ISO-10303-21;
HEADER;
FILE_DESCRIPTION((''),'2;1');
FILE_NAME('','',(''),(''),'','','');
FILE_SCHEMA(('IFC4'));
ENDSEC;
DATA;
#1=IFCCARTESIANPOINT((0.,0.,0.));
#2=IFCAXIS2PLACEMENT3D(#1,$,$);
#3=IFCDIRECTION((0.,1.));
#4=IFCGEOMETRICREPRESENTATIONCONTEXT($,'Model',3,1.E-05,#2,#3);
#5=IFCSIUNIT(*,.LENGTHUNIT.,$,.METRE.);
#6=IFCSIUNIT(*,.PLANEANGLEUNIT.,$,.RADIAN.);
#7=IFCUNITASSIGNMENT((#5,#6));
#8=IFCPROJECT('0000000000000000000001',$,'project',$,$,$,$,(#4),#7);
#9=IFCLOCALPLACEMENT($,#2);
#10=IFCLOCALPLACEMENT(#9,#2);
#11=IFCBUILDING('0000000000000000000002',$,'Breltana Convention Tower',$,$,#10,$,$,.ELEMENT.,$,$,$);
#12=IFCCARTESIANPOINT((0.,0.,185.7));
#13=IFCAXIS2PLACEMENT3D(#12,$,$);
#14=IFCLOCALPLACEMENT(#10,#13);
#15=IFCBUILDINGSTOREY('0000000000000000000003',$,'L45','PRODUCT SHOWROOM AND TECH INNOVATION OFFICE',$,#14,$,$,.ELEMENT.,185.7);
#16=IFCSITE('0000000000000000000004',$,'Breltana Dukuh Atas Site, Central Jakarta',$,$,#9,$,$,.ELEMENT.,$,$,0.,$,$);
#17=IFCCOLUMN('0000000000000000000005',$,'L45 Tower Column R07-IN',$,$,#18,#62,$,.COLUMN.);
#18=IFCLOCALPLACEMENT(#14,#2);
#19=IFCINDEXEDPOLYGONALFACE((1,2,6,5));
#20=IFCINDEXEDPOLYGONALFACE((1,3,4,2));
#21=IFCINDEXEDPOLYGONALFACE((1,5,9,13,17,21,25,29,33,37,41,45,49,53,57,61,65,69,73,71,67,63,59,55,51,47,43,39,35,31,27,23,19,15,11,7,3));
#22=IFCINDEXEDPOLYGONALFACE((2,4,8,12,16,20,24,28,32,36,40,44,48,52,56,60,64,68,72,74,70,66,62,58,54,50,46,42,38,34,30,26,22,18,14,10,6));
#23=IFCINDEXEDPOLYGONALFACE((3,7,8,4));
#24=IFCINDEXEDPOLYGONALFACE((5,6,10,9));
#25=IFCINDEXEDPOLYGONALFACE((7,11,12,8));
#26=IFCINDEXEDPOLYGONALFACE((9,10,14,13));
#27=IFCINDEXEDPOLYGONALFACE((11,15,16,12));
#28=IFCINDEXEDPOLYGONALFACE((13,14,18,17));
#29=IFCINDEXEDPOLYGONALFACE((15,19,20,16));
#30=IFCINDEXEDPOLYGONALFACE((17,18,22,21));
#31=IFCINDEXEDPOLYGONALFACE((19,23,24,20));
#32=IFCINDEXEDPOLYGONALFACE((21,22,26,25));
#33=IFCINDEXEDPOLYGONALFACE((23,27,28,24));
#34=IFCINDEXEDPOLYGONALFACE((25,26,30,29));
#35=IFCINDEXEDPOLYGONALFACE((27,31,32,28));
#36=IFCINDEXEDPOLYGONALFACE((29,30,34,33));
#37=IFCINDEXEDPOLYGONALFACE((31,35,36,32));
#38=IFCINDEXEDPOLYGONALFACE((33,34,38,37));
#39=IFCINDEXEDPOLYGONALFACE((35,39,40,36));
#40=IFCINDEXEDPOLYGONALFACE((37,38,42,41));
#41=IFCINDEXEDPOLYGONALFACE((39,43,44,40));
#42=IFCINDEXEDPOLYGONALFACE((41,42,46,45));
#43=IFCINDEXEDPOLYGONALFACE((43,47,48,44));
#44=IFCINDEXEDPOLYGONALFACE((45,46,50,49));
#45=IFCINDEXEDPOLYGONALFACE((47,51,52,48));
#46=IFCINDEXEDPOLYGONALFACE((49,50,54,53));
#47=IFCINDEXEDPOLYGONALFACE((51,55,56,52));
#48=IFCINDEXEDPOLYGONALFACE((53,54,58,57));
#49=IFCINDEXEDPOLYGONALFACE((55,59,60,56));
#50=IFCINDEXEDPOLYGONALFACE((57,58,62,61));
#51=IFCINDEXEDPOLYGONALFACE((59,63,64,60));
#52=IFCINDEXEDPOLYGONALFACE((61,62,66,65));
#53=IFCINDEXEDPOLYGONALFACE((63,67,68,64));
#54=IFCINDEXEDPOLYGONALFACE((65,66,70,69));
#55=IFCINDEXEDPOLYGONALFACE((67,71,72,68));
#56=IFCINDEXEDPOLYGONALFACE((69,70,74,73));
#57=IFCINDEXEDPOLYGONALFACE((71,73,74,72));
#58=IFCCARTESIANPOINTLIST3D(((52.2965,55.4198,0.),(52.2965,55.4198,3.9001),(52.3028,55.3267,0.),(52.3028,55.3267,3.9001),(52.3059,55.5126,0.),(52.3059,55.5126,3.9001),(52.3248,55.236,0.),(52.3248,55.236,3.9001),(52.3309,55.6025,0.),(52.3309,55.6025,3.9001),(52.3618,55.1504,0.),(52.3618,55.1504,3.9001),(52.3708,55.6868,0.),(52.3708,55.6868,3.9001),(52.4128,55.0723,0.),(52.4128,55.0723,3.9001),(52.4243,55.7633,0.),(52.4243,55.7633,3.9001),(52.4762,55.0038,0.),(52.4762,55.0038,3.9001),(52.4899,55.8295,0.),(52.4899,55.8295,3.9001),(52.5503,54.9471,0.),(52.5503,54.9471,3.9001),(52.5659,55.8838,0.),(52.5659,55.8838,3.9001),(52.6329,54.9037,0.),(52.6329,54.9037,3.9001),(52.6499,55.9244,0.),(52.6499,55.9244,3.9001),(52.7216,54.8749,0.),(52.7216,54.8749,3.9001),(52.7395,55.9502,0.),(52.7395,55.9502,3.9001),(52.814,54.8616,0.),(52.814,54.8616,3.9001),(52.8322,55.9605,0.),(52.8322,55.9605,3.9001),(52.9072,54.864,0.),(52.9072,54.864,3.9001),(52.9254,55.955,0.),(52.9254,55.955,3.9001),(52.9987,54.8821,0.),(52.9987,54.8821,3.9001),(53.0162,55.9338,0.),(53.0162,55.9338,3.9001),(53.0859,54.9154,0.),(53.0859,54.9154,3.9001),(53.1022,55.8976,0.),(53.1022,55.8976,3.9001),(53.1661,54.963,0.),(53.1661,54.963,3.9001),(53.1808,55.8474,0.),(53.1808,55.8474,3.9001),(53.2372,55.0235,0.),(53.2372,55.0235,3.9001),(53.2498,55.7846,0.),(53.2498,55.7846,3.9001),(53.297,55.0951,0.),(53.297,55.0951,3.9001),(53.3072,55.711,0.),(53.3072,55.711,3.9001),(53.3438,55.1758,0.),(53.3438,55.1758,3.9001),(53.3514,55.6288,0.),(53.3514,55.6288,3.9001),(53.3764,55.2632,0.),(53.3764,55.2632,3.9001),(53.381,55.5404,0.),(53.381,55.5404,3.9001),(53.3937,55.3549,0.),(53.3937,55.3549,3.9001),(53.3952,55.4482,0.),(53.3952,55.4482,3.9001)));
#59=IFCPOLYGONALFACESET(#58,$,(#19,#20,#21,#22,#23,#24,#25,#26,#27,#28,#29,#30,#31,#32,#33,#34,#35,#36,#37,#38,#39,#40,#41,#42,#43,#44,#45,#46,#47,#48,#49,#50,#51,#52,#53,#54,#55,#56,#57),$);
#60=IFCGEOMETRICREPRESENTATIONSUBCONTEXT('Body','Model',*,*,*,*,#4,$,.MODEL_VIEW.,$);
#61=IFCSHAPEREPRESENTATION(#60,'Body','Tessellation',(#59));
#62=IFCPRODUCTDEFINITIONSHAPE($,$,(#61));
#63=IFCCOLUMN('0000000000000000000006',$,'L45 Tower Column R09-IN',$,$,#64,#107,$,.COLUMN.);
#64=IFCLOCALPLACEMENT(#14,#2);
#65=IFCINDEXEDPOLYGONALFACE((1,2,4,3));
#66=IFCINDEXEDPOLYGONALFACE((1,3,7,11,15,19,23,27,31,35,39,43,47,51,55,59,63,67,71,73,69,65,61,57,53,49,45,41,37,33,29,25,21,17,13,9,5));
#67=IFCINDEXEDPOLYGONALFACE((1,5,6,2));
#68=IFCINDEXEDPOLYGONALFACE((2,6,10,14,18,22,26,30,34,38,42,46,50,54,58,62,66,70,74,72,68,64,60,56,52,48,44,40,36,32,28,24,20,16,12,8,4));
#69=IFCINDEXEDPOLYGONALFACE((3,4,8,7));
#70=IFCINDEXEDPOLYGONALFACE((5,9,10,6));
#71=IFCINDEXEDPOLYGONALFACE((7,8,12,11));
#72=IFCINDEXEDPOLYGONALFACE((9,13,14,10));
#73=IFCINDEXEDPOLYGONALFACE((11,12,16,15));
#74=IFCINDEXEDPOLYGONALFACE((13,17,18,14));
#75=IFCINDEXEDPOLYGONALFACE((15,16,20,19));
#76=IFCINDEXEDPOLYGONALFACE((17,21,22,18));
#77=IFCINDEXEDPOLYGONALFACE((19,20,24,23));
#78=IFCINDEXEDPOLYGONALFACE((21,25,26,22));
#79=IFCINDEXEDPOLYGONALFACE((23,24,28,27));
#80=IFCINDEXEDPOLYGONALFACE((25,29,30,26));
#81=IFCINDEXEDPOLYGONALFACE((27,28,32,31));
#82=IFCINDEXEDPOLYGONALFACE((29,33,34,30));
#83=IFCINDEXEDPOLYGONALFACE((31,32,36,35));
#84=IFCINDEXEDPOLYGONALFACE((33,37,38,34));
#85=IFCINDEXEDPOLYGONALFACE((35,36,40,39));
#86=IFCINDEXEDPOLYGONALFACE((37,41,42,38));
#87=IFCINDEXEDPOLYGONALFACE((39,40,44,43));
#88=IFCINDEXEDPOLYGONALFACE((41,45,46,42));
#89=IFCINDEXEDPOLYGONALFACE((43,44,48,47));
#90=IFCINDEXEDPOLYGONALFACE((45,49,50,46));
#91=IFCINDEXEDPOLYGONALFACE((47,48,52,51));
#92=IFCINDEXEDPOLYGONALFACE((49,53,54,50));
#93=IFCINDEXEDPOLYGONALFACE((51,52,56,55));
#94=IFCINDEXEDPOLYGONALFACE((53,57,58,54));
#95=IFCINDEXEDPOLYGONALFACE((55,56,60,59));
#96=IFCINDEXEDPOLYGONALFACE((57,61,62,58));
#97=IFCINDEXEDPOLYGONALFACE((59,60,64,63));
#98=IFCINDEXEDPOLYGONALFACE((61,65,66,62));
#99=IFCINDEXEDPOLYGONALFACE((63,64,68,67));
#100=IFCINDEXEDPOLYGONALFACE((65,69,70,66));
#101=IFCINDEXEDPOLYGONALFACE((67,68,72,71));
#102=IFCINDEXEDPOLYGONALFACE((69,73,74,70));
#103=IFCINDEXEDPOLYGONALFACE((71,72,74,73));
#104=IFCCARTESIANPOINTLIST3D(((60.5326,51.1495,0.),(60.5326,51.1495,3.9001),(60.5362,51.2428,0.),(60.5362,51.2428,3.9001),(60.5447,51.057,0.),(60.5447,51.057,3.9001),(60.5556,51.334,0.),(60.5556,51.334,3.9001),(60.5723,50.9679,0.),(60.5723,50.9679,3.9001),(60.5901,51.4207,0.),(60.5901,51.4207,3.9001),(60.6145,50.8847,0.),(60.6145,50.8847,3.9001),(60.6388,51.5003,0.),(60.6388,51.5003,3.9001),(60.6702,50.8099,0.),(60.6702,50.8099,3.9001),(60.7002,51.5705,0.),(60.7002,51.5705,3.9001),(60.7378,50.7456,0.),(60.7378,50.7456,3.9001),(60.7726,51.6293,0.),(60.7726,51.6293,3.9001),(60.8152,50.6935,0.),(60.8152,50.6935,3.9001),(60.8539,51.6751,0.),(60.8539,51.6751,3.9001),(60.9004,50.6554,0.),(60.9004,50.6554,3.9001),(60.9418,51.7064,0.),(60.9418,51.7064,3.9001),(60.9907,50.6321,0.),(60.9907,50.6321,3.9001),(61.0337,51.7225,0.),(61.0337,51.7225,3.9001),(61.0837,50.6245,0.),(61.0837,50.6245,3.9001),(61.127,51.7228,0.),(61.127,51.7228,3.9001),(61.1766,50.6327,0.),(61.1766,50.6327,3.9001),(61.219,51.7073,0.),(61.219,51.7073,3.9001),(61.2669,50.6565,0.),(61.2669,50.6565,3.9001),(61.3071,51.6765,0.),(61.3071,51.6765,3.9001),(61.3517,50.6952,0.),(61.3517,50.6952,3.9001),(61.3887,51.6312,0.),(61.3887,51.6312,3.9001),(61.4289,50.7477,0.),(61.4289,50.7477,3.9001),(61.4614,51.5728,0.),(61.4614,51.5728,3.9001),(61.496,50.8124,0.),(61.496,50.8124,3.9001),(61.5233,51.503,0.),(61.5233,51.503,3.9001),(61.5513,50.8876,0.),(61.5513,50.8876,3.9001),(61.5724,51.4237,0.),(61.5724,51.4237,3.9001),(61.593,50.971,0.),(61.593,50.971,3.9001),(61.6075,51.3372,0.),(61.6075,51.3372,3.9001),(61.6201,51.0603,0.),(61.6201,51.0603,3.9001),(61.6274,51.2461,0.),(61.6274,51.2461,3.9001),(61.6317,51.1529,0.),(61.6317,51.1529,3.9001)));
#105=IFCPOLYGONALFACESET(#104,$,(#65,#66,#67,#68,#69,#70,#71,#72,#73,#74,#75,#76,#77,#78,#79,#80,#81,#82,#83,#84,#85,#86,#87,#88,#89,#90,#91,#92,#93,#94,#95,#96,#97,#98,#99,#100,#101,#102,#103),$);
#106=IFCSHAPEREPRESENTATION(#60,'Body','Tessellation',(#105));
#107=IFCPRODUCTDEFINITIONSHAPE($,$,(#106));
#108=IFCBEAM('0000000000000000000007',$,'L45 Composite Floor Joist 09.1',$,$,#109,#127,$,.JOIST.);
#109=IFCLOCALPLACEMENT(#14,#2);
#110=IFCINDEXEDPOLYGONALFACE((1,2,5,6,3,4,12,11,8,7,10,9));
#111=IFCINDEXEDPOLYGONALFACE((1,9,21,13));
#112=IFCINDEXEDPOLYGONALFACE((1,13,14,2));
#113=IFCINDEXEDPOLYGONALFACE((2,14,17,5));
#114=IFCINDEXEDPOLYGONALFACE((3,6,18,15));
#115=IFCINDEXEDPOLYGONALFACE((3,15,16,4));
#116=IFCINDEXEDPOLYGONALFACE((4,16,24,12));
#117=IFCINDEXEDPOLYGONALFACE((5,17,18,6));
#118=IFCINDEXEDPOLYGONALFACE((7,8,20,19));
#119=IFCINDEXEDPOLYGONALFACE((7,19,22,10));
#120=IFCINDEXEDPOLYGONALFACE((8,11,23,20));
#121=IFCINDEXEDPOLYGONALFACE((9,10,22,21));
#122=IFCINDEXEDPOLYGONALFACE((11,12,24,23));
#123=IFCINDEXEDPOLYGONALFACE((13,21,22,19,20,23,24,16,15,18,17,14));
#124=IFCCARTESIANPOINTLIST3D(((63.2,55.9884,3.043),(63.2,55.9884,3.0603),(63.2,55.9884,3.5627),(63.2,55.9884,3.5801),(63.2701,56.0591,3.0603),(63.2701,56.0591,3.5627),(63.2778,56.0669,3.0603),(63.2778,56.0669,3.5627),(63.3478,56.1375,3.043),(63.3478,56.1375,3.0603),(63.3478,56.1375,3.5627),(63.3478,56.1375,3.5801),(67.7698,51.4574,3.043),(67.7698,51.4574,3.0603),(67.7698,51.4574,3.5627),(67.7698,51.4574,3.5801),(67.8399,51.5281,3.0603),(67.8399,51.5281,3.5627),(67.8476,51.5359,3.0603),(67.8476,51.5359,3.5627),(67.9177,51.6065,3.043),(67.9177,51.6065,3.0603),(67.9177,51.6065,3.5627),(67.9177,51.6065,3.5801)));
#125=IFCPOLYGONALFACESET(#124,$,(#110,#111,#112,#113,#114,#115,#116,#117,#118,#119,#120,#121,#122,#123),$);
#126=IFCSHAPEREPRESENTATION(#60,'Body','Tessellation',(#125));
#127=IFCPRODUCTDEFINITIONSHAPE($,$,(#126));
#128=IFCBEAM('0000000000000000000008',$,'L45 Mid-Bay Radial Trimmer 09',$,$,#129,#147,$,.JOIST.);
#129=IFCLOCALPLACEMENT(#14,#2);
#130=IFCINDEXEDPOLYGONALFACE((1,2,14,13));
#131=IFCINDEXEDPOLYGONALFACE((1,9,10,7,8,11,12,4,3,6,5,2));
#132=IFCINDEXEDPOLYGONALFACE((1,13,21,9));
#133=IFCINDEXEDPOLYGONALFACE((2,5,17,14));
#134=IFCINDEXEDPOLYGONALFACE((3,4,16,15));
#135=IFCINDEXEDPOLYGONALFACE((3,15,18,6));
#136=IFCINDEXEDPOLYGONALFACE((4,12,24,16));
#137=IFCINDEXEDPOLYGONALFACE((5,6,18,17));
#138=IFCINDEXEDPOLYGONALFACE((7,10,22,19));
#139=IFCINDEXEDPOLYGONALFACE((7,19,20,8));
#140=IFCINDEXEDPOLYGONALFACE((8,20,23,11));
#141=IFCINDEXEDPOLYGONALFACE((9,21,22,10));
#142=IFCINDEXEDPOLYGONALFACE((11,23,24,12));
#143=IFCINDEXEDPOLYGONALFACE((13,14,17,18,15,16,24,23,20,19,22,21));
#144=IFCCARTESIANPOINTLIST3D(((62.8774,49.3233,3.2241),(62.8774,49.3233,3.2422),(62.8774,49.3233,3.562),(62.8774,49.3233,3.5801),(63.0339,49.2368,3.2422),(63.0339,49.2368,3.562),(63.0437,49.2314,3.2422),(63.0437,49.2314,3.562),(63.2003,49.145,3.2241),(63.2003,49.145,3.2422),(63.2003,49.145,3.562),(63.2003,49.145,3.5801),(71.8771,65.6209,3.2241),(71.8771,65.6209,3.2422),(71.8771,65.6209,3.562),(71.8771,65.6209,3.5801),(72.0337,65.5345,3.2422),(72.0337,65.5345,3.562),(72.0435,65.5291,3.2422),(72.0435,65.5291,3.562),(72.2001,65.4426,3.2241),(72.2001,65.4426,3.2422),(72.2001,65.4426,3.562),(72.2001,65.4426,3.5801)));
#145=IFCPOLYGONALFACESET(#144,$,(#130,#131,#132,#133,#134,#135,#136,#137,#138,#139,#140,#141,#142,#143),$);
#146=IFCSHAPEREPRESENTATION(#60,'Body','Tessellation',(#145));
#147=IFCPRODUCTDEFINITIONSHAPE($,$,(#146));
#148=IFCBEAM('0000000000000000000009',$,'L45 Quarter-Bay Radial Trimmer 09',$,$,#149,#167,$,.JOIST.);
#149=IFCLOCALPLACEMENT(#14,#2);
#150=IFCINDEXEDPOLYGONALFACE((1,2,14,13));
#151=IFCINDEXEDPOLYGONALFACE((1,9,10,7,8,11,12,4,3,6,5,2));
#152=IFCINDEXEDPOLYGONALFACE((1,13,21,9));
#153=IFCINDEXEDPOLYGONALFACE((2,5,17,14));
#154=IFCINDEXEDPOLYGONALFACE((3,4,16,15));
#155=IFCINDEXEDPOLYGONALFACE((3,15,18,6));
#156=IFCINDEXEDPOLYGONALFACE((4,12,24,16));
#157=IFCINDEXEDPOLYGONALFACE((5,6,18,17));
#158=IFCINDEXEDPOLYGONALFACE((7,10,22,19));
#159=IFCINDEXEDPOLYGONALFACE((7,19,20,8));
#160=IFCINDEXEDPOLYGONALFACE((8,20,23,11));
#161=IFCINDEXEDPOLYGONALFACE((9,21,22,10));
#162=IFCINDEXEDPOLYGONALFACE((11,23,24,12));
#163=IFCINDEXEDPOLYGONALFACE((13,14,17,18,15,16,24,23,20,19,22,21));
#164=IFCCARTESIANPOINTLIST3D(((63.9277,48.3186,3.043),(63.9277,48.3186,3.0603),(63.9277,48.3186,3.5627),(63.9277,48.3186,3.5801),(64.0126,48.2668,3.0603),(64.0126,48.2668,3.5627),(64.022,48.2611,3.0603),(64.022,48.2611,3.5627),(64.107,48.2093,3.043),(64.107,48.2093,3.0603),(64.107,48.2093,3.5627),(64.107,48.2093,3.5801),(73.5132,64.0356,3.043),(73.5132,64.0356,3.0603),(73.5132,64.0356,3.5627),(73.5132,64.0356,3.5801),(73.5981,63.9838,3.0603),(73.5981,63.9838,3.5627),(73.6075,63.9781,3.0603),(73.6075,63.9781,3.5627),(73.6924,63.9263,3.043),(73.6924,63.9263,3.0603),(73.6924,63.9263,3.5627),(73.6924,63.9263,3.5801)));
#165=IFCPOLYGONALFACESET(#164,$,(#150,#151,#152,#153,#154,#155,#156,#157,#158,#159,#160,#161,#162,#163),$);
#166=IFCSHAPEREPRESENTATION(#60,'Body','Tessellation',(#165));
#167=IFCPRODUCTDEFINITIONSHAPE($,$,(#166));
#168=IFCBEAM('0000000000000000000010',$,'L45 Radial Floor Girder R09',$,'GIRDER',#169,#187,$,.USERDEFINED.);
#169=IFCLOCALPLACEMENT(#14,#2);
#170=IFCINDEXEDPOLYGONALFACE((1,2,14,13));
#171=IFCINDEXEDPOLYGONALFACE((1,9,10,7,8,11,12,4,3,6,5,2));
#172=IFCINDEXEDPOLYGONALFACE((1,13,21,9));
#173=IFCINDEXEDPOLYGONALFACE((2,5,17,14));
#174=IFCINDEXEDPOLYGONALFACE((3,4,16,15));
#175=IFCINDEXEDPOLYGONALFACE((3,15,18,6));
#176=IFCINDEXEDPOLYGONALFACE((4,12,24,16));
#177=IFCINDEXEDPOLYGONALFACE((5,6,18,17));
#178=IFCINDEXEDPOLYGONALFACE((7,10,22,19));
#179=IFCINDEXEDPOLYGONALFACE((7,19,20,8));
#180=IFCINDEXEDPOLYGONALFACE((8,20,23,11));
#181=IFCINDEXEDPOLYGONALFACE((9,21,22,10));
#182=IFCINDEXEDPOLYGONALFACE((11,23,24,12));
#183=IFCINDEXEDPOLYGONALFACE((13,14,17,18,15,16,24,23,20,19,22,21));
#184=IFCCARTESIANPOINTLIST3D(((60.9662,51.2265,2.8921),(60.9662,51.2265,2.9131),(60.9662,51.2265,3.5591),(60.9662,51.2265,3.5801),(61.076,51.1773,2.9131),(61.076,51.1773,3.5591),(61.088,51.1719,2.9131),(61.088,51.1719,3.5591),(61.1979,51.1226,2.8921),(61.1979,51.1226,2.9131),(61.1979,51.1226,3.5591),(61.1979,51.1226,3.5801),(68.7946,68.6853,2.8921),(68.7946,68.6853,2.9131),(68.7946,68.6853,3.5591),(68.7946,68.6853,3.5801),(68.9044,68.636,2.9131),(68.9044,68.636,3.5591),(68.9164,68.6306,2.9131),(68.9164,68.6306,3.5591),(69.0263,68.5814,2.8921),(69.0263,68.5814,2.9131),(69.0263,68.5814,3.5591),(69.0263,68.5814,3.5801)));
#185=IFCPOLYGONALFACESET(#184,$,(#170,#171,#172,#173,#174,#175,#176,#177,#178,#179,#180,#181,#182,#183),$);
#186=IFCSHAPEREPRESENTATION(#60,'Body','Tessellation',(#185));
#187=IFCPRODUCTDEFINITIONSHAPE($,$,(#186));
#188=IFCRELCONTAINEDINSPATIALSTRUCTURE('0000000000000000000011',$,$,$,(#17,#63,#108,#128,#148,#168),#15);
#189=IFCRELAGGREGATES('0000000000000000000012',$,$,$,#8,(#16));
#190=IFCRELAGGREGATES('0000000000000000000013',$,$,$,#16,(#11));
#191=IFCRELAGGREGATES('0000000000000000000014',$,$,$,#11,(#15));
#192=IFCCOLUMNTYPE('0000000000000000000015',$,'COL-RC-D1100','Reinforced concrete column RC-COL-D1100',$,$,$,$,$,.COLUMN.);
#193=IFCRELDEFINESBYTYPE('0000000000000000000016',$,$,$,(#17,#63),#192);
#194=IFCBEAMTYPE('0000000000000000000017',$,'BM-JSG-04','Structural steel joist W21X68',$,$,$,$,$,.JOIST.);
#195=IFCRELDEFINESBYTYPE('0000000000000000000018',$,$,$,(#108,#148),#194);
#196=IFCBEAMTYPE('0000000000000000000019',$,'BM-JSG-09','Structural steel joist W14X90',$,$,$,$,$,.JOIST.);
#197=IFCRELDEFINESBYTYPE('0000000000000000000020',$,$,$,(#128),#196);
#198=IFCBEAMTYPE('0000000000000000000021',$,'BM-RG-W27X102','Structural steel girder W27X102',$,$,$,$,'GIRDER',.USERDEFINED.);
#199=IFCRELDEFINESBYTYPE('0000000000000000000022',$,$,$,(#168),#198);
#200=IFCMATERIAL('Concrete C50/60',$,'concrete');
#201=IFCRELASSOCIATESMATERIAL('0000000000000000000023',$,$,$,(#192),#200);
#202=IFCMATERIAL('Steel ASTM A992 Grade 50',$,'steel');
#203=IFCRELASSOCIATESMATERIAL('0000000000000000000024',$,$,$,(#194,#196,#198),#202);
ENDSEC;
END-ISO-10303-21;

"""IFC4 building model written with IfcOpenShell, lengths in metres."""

from ifc_helpers import new_model, si_unit, direction, frame, origin, origin_2d, place, context, subcontext, project, spatial, circle, i_section, extrude, source, transform, mapped, material, material_profile, profile_set, type_object, element, save


model = new_model("IFC4")

# Units and contexts
model_context = context("Model", 3, precision=1e-05, world=origin(), true_north=direction((0.0, 1.0)))
body_context = subcontext(model_context, "Body", "Model", "MODEL_VIEW")
ifc_project = project(units=[si_unit("LENGTHUNIT", "METRE"), si_unit("PLANEANGLEUNIT", "RADIAN")], contexts=[model_context])

# Site, building, storey
site_placement = place(None, origin())
site = spatial("IfcSite", under=ifc_project, at=site_placement, Name="Breltana Dukuh Atas Site, Central Jakarta", CompositionType="ELEMENT", RefElevation=0.0)
building_placement = place(site_placement, origin())
building = spatial("IfcBuilding", under=site, at=building_placement, Name="Breltana Convention Tower", CompositionType="ELEMENT")
storey_placement = place(building_placement, frame((0.0, 0.0, 185.7)))
storey = spatial("IfcBuildingStorey", under=building, at=storey_placement, Name="L45", Description="PRODUCT SHOWROOM AND TECH INNOVATION OFFICE", CompositionType="ELEMENT", Elevation=185.7)

# Columns
ifc_material_1 = material(Name="Concrete C50/60", Category="concrete")
ifc_material_profile_1 = material_profile(ifc_material_1, circle(Radius=0.55, at=origin_2d()), Name="RC-COL-D1100")
ifc_profile_set_1 = profile_set([ifc_material_profile_1], Name="Concrete C50/60")
column_type = type_object("IfcColumnType", Name="COL-RC-D1100", Description="Reinforced concrete column RC-COL-D1100", PredefinedType="COLUMN", material=ifc_profile_set_1)
shared_shape_1 = source(origin(), body_context, "Body", "SweptSolid", [
    extrude(circle(Radius=0.55, at=origin_2d()), origin(), (0.0, 0.0, 1.0), 3.9001),
])
for number, where, z_axis, x_axis, name in (
    (1, (52.8464, 55.4106, 0.0), (0.0, 0.0, 1.0), (0.143493, 0.989651, 0.0), "L45 Tower Column R07-IN"),
    (2, (61.082, 51.1746, 0.0), (0.0, 0.0, 1.0), (0.409127, 0.912477, 0.0), "L45 Tower Column R09-IN"),
):
    element("IfcColumn", number, at=place(storey_placement, frame(where, z_axis=z_axis, x_axis=x_axis)), inside=storey, type_object=column_type, Name=name, PredefinedType="COLUMN", context=body_context, shape_type="MappedRepresentation", body=[
        mapped(shared_shape_1, transform((0.0, 0.0, 0.0), scale=1.0)),
    ])

# Beams
ifc_material_2 = material(Name="Steel ASTM A992 Grade 50", Category="steel")
ifc_material_profile_2 = material_profile(ifc_material_2, i_section(OverallWidth=0.21, OverallDepth=0.5371, WebThickness=0.011, FlangeThickness=0.0173, at=origin_2d()), Name="W21X68")
ifc_profile_set_2 = profile_set([ifc_material_profile_2], Name="Steel ASTM A992 Grade 50")
beam_type_1 = type_object("IfcBeamType", Name="BM-JSG-04", Description="Structural steel joist W21X68", PredefinedType="JOIST", material=ifc_profile_set_2)
shared_shape_2 = source(origin(), body_context, "Body", "SweptSolid", [
    extrude(i_section(OverallWidth=0.21, OverallDepth=0.5371, WebThickness=0.011, FlangeThickness=0.0173, at=origin_2d()), origin(), (0.0, 0.0, 1.0), 6.4353),
])
beam_1_placement = place(storey_placement, frame((63.2739, 56.063, 3.3115), z_axis=(0.710116, -0.704084, 0.0), x_axis=(0.704084, 0.710116, 0.0)))
element("IfcBeam", 3, at=beam_1_placement, inside=storey, type_object=beam_type_1, Name="L45 Composite Floor Joist 09.1", PredefinedType="JOIST", context=body_context, shape_type="MappedRepresentation", body=[
    mapped(shared_shape_2, transform((0.0, 0.0, 0.0), scale=1.0)),
])
ifc_material_profile_3 = material_profile(ifc_material_2, i_section(OverallWidth=0.3689, OverallDepth=0.356, WebThickness=0.0112, FlangeThickness=0.0181, at=origin_2d()), Name="W14X90")
ifc_profile_set_3 = profile_set([ifc_material_profile_3], Name="Steel ASTM A992 Grade 50")
beam_type_2 = type_object("IfcBeamType", Name="BM-JSG-09", Description="Structural steel joist W14X90", PredefinedType="JOIST", material=ifc_profile_set_3)
shared_shape_3 = source(origin(), body_context, "Body", "SweptSolid", [
    extrude(i_section(OverallWidth=0.3689, OverallDepth=0.356, WebThickness=0.0112, FlangeThickness=0.0181, at=origin_2d()), origin(), (0.0, 0.0, 1.0), 18.6174),
])
beam_2_placement = place(storey_placement, frame((63.0388, 49.2341, 3.4021), z_axis=(0.483406, 0.875396, 0.0), x_axis=(-0.875396, 0.483406, 0.0)))
element("IfcBeam", 4, at=beam_2_placement, inside=storey, type_object=beam_type_2, Name="L45 Mid-Bay Radial Trimmer 09", PredefinedType="JOIST", context=body_context, shape_type="MappedRepresentation", body=[
    mapped(shared_shape_3, transform((0.0, 0.0, 0.0), scale=1.0)),
])
shared_shape_4 = source(origin(), body_context, "Body", "SweptSolid", [
    extrude(i_section(OverallWidth=0.21, OverallDepth=0.5371, WebThickness=0.011, FlangeThickness=0.0173, at=origin_2d()), origin(), (0.0, 0.0, 1.0), 18.4094),
])
beam_3_placement = place(storey_placement, frame((64.0173, 48.2639, 3.3115), z_axis=(0.520682, 0.853751, 0.0), x_axis=(-0.853751, 0.520682, 0.0)))
element("IfcBeam", 5, at=beam_3_placement, inside=storey, type_object=beam_type_1, Name="L45 Quarter-Bay Radial Trimmer 09", PredefinedType="JOIST", context=body_context, shape_type="MappedRepresentation", body=[
    mapped(shared_shape_4, transform((0.0, 0.0, 0.0), scale=1.0)),
])
ifc_material_profile_4 = material_profile(ifc_material_2, i_section(OverallWidth=0.2539, OverallDepth=0.688, WebThickness=0.0132, FlangeThickness=0.021, at=origin_2d()), Name="W27X102")
ifc_profile_set_4 = profile_set([ifc_material_profile_4], Name="Steel ASTM A992 Grade 50")
beam_type_3 = type_object("IfcBeamType", Name="BM-RG-W27X102", Description="Structural steel girder W27X102", ElementType="GIRDER", PredefinedType="USERDEFINED", material=ifc_profile_set_4)
shared_shape_5 = source(origin(), body_context, "Body", "SweptSolid", [
    extrude(i_section(OverallWidth=0.2539, OverallDepth=0.688, WebThickness=0.0132, FlangeThickness=0.021, at=origin_2d()), origin(), (0.0, 0.0, 1.0), 19.1335),
])
beam_4_placement = place(storey_placement, frame((61.082, 51.1746, 3.2361), z_axis=(0.409145, 0.91247, 0.0), x_axis=(-0.91247, 0.409145, 0.0)))
element("IfcBeam", 6, at=beam_4_placement, inside=storey, type_object=beam_type_3, Name="L45 Radial Floor Girder R09", ObjectType="GIRDER", PredefinedType="USERDEFINED", context=body_context, shape_type="MappedRepresentation", body=[
    mapped(shared_shape_5, transform((0.0, 0.0, 0.0), scale=1.0)),
])

save(model, "model.ifc")
